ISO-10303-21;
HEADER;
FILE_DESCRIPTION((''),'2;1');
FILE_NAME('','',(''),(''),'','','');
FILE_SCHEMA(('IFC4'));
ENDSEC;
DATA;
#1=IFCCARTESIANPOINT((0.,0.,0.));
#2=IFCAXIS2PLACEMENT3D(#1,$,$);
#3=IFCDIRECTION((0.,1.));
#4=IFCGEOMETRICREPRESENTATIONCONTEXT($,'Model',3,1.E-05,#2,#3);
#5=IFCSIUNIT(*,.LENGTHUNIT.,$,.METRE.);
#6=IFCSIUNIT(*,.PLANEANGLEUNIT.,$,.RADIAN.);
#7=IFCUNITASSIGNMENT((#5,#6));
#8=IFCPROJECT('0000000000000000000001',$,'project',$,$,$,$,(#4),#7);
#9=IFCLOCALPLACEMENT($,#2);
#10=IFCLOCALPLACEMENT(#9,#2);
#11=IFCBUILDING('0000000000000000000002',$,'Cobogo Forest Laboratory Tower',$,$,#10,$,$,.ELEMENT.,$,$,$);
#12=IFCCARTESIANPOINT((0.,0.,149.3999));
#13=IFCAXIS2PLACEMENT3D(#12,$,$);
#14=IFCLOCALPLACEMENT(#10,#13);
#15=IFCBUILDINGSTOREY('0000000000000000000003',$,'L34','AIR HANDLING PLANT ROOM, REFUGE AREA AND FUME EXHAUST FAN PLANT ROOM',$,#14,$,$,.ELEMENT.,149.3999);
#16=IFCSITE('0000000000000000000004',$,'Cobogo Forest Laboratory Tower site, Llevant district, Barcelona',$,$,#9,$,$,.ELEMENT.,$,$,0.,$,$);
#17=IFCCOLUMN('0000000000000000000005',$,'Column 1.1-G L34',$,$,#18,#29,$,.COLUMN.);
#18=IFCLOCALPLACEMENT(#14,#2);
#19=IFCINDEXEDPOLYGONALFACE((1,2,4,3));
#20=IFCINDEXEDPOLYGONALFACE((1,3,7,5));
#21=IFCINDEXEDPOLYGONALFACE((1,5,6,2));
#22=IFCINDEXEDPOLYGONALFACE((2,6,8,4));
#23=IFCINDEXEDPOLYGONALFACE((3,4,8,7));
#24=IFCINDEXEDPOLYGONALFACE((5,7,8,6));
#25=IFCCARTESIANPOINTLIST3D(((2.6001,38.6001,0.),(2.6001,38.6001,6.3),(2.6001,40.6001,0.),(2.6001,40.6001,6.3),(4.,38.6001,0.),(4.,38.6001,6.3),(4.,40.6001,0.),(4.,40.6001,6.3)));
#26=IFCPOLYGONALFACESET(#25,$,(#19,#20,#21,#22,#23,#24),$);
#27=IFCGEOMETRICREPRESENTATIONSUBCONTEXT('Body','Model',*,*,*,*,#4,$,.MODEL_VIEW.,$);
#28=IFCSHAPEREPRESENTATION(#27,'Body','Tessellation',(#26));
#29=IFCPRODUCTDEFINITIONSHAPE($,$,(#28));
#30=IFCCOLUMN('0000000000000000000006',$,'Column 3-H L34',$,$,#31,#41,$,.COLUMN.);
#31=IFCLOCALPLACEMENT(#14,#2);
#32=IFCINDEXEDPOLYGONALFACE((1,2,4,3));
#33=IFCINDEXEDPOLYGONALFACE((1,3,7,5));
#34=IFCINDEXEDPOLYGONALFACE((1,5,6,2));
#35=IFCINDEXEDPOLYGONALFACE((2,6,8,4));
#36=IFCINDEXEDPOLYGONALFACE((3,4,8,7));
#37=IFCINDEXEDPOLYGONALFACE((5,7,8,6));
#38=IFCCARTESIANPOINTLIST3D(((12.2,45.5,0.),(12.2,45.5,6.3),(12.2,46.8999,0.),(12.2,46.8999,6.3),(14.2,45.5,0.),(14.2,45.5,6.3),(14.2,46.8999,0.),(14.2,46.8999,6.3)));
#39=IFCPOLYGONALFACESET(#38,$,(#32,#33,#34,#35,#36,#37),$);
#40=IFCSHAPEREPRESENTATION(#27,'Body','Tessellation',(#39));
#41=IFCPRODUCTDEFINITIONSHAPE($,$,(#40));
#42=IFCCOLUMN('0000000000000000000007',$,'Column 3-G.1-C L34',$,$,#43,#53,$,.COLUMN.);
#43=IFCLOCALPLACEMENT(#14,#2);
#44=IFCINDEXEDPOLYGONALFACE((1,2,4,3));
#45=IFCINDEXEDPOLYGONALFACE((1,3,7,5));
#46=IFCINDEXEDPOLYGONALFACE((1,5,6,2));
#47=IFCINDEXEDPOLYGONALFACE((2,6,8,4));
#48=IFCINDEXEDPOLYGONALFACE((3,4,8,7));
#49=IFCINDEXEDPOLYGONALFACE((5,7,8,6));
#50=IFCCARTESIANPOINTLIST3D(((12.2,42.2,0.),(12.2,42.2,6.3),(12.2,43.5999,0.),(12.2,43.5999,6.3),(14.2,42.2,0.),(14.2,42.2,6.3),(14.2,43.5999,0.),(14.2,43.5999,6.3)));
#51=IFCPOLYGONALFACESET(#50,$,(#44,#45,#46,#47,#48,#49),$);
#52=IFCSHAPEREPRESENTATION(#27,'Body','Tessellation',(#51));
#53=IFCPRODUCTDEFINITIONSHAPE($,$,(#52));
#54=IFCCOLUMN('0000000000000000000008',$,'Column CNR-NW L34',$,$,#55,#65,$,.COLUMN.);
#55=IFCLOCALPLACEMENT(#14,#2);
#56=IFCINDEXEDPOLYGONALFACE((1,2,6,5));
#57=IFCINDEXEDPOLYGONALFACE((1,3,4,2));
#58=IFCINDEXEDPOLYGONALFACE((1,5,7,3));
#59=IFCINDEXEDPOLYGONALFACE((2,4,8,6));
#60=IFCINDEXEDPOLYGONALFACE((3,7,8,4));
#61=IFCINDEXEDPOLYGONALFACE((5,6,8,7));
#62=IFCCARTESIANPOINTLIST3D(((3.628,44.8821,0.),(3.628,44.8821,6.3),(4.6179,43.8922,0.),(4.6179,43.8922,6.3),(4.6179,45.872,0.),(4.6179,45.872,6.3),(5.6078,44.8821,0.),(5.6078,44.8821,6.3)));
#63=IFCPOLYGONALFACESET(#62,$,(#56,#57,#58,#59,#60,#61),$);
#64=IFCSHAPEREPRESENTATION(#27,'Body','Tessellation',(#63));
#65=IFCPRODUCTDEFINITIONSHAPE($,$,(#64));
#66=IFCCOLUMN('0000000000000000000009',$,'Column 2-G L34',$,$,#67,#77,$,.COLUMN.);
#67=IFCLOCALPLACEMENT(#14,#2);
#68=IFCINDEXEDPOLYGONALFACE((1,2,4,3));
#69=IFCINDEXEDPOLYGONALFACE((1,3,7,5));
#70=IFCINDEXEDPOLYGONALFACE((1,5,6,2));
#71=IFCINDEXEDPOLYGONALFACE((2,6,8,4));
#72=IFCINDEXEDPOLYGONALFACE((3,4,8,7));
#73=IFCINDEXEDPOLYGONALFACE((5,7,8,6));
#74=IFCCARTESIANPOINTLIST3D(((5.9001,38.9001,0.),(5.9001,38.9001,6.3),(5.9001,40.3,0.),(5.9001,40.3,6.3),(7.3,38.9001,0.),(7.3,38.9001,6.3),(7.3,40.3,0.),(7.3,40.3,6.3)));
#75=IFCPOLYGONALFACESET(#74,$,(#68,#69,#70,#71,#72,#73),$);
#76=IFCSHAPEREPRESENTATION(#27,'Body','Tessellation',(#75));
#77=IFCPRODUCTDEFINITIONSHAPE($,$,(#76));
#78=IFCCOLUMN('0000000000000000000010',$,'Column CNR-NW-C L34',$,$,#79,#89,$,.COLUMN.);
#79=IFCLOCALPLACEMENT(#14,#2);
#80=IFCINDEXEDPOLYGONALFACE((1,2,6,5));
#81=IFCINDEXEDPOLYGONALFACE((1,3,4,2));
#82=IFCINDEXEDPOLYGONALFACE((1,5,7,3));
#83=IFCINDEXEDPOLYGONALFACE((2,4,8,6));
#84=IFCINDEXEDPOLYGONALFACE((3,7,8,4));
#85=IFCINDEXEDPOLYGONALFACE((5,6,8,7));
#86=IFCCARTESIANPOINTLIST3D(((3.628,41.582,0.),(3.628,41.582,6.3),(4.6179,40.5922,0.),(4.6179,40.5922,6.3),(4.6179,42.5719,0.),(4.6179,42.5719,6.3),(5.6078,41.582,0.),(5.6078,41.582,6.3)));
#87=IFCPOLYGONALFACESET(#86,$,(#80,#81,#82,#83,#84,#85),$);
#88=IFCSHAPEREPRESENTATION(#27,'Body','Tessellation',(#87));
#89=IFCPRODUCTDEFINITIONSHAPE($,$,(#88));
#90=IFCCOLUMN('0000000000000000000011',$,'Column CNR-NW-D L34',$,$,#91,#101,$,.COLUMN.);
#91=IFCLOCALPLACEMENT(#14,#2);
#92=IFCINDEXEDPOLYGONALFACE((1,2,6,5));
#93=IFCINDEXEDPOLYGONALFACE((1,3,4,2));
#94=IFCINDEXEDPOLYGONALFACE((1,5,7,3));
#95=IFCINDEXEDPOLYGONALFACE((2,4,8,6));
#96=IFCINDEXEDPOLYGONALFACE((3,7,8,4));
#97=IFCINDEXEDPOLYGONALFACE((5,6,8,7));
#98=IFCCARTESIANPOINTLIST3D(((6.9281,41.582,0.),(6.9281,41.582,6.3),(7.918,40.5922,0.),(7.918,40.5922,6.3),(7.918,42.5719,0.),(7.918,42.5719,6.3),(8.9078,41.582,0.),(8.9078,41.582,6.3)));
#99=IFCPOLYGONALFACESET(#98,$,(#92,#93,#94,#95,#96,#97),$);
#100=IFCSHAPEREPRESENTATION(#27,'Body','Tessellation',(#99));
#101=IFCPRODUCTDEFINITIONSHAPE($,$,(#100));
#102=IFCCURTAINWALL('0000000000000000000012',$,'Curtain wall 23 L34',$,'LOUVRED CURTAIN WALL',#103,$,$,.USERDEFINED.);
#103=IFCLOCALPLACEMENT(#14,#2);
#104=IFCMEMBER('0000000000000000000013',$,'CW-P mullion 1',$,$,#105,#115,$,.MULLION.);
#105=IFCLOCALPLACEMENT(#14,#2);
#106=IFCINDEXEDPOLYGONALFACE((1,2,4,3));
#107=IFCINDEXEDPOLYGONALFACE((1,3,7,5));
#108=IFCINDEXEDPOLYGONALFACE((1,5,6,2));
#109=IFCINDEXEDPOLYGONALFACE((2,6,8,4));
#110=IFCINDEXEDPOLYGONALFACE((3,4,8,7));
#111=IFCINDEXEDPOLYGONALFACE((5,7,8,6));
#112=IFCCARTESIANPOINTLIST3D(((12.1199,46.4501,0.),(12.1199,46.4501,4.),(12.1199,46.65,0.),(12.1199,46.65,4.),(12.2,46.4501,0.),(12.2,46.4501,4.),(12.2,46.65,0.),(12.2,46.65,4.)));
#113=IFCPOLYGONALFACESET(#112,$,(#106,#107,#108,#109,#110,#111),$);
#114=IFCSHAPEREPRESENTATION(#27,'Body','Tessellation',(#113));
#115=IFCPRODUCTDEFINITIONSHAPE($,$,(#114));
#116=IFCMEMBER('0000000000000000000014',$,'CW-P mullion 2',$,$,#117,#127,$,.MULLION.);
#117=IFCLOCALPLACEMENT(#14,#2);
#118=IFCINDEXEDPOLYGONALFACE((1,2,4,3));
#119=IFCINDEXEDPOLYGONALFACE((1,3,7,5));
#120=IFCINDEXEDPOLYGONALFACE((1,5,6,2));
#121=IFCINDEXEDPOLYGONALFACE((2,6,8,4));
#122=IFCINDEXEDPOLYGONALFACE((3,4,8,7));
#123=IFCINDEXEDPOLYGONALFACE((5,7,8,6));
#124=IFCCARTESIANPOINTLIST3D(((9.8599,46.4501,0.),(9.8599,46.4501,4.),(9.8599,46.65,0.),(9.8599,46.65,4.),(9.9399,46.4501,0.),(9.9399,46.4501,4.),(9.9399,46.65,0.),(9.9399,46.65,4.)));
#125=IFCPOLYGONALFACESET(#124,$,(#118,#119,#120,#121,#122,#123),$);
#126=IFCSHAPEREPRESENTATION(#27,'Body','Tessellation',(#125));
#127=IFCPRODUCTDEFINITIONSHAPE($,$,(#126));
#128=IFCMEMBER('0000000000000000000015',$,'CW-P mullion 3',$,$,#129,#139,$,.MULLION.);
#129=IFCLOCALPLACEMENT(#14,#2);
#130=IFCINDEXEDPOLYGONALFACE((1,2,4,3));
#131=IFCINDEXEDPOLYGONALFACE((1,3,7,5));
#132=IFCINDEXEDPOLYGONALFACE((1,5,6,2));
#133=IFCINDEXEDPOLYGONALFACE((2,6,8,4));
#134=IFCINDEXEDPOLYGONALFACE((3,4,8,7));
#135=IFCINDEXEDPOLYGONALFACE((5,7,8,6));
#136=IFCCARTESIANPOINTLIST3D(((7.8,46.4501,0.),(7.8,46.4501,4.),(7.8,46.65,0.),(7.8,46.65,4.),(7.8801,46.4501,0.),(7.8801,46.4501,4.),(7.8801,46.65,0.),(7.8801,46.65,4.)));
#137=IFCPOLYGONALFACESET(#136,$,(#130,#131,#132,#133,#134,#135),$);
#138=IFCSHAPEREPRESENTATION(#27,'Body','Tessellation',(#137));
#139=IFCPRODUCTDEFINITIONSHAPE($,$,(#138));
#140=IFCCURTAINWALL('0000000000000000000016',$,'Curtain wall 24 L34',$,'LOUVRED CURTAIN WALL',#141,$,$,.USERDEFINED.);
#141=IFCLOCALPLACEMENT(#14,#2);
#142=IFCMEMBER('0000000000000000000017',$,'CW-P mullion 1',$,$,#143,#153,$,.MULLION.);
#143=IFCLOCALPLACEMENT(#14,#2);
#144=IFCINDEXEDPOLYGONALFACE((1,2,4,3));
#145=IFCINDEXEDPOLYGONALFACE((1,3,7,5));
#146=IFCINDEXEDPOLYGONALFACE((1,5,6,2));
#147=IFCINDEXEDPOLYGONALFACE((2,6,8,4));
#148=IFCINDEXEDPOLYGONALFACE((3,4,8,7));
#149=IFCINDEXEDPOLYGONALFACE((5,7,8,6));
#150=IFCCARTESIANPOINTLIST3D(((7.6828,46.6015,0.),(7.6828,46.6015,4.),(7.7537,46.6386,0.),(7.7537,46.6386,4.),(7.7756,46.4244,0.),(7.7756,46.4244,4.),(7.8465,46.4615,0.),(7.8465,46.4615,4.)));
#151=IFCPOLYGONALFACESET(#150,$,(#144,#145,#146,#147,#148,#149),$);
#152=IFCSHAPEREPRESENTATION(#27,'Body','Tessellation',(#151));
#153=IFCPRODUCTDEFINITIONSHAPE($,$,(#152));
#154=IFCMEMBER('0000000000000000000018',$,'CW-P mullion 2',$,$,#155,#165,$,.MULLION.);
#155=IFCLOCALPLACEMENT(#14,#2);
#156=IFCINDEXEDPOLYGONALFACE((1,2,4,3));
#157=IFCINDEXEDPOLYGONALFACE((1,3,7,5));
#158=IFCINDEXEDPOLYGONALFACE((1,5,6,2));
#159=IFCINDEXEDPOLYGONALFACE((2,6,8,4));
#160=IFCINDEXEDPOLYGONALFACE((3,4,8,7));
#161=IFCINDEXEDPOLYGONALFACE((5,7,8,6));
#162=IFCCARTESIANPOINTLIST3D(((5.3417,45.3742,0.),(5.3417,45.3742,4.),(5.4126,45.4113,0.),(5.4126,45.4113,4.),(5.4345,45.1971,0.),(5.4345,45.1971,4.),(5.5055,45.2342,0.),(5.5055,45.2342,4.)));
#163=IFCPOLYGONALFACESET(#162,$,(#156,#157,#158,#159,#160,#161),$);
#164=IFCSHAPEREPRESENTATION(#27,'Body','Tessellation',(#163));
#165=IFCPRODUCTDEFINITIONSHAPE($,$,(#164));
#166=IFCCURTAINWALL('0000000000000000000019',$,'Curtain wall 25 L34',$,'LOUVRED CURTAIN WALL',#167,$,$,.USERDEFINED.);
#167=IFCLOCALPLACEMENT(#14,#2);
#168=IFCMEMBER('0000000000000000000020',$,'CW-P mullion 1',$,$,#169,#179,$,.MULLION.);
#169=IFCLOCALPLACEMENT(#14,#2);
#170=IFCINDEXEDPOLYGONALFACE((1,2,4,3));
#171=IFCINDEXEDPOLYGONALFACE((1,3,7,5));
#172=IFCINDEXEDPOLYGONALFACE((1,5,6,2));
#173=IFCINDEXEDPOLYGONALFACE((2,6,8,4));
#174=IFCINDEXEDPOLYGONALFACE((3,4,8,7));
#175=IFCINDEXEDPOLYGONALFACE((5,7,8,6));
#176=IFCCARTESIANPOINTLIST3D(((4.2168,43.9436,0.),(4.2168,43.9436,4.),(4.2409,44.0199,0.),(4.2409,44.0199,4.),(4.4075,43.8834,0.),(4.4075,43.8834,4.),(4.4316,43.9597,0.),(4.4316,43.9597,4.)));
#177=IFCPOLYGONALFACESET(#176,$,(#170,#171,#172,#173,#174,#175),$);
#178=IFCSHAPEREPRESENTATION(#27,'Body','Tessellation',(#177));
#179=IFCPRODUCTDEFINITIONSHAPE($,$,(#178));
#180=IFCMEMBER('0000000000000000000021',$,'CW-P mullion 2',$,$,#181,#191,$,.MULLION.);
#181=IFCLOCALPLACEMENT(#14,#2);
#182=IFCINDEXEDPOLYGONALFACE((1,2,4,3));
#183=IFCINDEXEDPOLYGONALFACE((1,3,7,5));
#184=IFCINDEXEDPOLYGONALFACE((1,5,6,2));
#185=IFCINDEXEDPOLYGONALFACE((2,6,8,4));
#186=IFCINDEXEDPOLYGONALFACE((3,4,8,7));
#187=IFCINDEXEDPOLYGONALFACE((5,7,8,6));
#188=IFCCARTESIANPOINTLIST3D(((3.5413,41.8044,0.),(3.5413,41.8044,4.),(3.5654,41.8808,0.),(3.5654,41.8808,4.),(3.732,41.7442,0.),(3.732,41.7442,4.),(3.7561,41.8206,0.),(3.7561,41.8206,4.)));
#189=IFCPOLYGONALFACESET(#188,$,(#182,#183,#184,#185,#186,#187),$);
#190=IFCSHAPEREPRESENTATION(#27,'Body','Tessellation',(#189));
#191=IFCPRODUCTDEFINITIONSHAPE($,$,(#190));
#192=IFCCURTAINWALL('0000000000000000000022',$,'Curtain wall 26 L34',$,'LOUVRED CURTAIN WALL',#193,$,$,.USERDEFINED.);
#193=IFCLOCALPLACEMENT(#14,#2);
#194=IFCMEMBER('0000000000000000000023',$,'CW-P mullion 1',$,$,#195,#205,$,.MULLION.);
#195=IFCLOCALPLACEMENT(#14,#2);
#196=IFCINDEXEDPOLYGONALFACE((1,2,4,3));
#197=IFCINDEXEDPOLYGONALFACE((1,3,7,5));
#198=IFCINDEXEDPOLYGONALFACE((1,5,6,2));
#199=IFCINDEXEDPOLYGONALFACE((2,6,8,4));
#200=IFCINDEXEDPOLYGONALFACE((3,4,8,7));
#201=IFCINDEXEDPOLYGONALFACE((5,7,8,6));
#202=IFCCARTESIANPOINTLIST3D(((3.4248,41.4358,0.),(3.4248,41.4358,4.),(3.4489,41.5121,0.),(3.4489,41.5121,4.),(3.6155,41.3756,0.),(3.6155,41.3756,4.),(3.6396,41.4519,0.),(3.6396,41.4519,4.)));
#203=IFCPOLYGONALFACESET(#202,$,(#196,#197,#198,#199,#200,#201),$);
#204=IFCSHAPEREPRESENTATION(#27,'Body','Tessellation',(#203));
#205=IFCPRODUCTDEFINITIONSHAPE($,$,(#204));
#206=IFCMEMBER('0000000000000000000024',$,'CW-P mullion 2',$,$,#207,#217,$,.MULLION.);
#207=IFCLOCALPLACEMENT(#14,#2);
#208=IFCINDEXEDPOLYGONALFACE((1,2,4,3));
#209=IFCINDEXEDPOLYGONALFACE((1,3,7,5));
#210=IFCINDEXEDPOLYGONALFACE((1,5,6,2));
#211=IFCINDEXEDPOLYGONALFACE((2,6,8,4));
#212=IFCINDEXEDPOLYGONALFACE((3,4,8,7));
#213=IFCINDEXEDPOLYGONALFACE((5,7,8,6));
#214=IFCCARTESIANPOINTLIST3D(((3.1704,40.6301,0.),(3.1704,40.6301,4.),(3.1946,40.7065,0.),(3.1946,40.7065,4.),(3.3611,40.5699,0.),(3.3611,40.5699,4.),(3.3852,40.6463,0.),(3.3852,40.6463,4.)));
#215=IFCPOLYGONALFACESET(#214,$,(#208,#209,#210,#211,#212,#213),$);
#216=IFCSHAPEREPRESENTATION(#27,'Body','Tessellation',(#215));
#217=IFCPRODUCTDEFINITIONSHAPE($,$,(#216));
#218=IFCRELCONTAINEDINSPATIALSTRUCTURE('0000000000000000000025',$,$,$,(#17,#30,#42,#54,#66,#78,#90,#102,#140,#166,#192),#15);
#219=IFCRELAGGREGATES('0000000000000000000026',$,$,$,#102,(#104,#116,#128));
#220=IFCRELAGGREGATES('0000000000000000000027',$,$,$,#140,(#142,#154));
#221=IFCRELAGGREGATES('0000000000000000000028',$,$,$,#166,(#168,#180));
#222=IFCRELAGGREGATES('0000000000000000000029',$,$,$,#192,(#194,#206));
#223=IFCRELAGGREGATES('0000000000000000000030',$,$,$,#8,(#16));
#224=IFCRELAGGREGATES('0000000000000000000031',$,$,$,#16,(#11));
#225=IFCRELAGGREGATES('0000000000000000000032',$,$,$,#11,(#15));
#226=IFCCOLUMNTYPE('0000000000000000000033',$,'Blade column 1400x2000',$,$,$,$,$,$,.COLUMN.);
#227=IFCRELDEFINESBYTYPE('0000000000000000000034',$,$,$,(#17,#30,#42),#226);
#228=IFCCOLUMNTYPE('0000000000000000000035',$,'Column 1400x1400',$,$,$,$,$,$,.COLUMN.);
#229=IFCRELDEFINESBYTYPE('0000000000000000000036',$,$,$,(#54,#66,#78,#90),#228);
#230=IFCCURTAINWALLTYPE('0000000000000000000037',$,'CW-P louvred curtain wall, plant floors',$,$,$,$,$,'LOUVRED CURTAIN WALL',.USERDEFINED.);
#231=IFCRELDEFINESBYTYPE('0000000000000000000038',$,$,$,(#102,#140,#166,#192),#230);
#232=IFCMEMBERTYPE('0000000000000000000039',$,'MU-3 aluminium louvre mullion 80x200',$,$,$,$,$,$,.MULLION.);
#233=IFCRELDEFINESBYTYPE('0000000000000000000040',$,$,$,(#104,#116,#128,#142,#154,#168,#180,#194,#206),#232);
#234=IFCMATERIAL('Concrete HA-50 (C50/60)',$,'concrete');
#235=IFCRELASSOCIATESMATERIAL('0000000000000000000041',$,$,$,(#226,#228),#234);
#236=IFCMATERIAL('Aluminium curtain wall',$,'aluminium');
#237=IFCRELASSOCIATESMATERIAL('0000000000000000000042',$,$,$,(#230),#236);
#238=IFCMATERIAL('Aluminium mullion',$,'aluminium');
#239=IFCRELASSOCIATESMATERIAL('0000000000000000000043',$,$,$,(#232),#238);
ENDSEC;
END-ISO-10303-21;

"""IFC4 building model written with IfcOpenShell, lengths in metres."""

from ifc_helpers import new_model, si_unit, direction, frame, origin, origin_2d, place, context, subcontext, project, spatial, rectangle, extrude, material, material_profile, profile_set, type_object, element, aggregate, save


model = new_model("IFC4")

# Units and contexts
model_context = context("Model", 3, precision=1e-05, world=origin(), true_north=direction((0.0, 1.0)))
body_context = subcontext(model_context, "Body", "Model", "MODEL_VIEW")
ifc_project = project(units=[si_unit("LENGTHUNIT", "METRE"), si_unit("PLANEANGLEUNIT", "RADIAN")], contexts=[model_context])

# Site, building, storey
site_placement = place(None, origin())
site = spatial("IfcSite", under=ifc_project, at=site_placement, Name="Cobogo Forest Laboratory Tower site, Llevant district, Barcelona", CompositionType="ELEMENT", RefElevation=0.0)
building_placement = place(site_placement, origin())
building = spatial("IfcBuilding", under=site, at=building_placement, Name="Cobogo Forest Laboratory Tower", CompositionType="ELEMENT")
storey_placement = place(building_placement, frame((0.0, 0.0, 149.3999)))
storey = spatial("IfcBuildingStorey", under=building, at=storey_placement, Name="L34", Description="AIR HANDLING PLANT ROOM, REFUGE AREA AND FUME EXHAUST FAN PLANT ROOM", CompositionType="ELEMENT", Elevation=149.3999)

# Columns
ifc_material_1 = material(Name="Concrete HA-50 (C50/60)", Category="concrete")
ifc_material_profile_1 = material_profile(ifc_material_1, rectangle(XDim=2.0, YDim=1.3999, at=origin_2d()), Name="RC 1400x2000")
ifc_profile_set_1 = profile_set([ifc_material_profile_1], Name="Concrete HA-50 (C50/60)")
column_type_1 = type_object("IfcColumnType", Name="Blade column 1400x2000", PredefinedType="COLUMN", material=ifc_profile_set_1)
for number, where, z_axis, x_axis, name in (
    (1, (3.3, 39.6001, 0.0), (0.0, 0.0, 1.0), (0.0, 1.0, 0.0), "Column 1.1-G L34"),
    (2, (13.2, 46.2, 0.0), (0.0, 0.0, 1.0), (1.0, 0.0, 0.0), "Column 3-H L34"),
    (3, (13.2, 42.8999, 0.0), (0.0, 0.0, 1.0), (1.0, 0.0, 0.0), "Column 3-G.1-C L34"),
):
    element("IfcColumn", number, at=place(storey_placement, frame(where, z_axis=z_axis, x_axis=x_axis)), inside=storey, type_object=column_type_1, Name=name, PredefinedType="COLUMN", context=body_context, shape_type="SweptSolid", body=[
        extrude(rectangle(XDim=2.0, YDim=1.3999, at=origin_2d()), origin(), (0.0, 0.0, 1.0), 6.3),
    ])
ifc_material_profile_2 = material_profile(ifc_material_1, rectangle(XDim=1.3999, YDim=1.3999, at=origin_2d()), Name="RC 1400x1400")
ifc_profile_set_2 = profile_set([ifc_material_profile_2], Name="Concrete HA-50 (C50/60)")
column_type_2 = type_object("IfcColumnType", Name="Column 1400x1400", PredefinedType="COLUMN", material=ifc_profile_set_2)
for number, where, z_axis, x_axis, name in (
    (4, (4.6179, 44.8821, 0.0), (0.0, 0.0, 1.0), (0.707107, 0.707107, 0.0), "Column CNR-NW L34"),
    (5, (6.6001, 39.6001, 0.0), (0.0, 0.0, 1.0), (1.0, 0.0, 0.0), "Column 2-G L34"),
    (6, (4.6179, 41.582, 0.0), (0.0, 0.0, 1.0), (0.707107, 0.707107, 0.0), "Column CNR-NW-C L34"),
    (7, (7.918, 41.582, 0.0), (0.0, 0.0, 1.0), (0.707107, 0.707107, 0.0), "Column CNR-NW-D L34"),
):
    element("IfcColumn", number, at=place(storey_placement, frame(where, z_axis=z_axis, x_axis=x_axis)), inside=storey, type_object=column_type_2, Name=name, PredefinedType="COLUMN", context=body_context, shape_type="SweptSolid", body=[
        extrude(rectangle(XDim=1.3999, YDim=1.3999, at=origin_2d()), origin(), (0.0, 0.0, 1.0), 6.3),
    ])

# Curtain walls, members
ifc_material_2 = material(Name="Aluminium curtain wall", Category="aluminium")
curtain_wall_type = type_object("IfcCurtainWallType", Name="CW-P louvred curtain wall, plant floors", ElementType="LOUVRED CURTAIN WALL", PredefinedType="USERDEFINED", material=ifc_material_2)
curtain_wall_1_placement = place(storey_placement, origin())
curtain_wall_1 = element("IfcCurtainWall", 8, at=curtain_wall_1_placement, inside=storey, type_object=curtain_wall_type, Name="Curtain wall 23 L34", ObjectType="LOUVRED CURTAIN WALL", PredefinedType="USERDEFINED")
ifc_material_3 = material(Name="Aluminium mullion", Category="aluminium")
ifc_material_profile_3 = material_profile(ifc_material_3, rectangle(XDim=0.0801, YDim=0.2, at=origin_2d()), Name="AL 80x200")
ifc_profile_set_3 = profile_set([ifc_material_profile_3], Name="Aluminium mullion")
member_type_1 = type_object("IfcMemberType", Name="MU-3 aluminium louvre mullion 80x200", PredefinedType="MULLION", material=ifc_profile_set_3)
member_1_placement = place(storey_placement, frame((12.1599, 46.55, 0.0), z_axis=(0.0, 0.0, 1.0), x_axis=(-1.0, 0.0, 0.0)))
member_1 = element("IfcMember", 9, at=member_1_placement, type_object=member_type_1, Name="CW-P mullion 1", PredefinedType="MULLION", context=body_context, shape_type="SweptSolid", body=[
    extrude(rectangle(XDim=0.0801, YDim=0.2, at=origin_2d()), origin(), (0.0, 0.0, 1.0), 4.0),
])
member_2_placement = place(storey_placement, frame((9.8999, 46.55, 0.0), z_axis=(0.0, 0.0, 1.0), x_axis=(-1.0, 0.0, 0.0)))
member_2 = element("IfcMember", 10, at=member_2_placement, type_object=member_type_1, Name="CW-P mullion 2", PredefinedType="MULLION", context=body_context, shape_type="SweptSolid", body=[
    extrude(rectangle(XDim=0.0801, YDim=0.2, at=origin_2d()), origin(), (0.0, 0.0, 1.0), 4.0),
])
member_3_placement = place(storey_placement, frame((7.8401, 46.55, 0.0), z_axis=(0.0, 0.0, 1.0), x_axis=(-1.0, 0.0, 0.0)))
member_3 = element("IfcMember", 11, at=member_3_placement, type_object=member_type_1, Name="CW-P mullion 3", PredefinedType="MULLION", context=body_context, shape_type="SweptSolid", body=[
    extrude(rectangle(XDim=0.0801, YDim=0.2, at=origin_2d()), origin(), (0.0, 0.0, 1.0), 4.0),
])
curtain_wall_2_placement = place(storey_placement, origin())
curtain_wall_2 = element("IfcCurtainWall", 12, at=curtain_wall_2_placement, inside=storey, type_object=curtain_wall_type, Name="Curtain wall 24 L34", ObjectType="LOUVRED CURTAIN WALL", PredefinedType="USERDEFINED")
member_4_placement = place(storey_placement, frame((7.7646, 46.5315, 0.0), z_axis=(0.0, 0.0, 1.0), x_axis=(-0.885687, -0.464284, 0.0)))
member_4 = element("IfcMember", 13, at=member_4_placement, type_object=member_type_1, Name="CW-P mullion 1", PredefinedType="MULLION", context=body_context, shape_type="SweptSolid", body=[
    extrude(rectangle(XDim=0.0801, YDim=0.2, at=origin_2d()), origin(), (0.0, 0.0, 1.0), 4.0),
])
member_5_placement = place(storey_placement, frame((5.4236, 45.3042, 0.0), z_axis=(0.0, 0.0, 1.0), x_axis=(-0.885687, -0.464284, 0.0)))
member_5 = element("IfcMember", 14, at=member_5_placement, type_object=member_type_1, Name="CW-P mullion 2", PredefinedType="MULLION", context=body_context, shape_type="SweptSolid", body=[
    extrude(rectangle(XDim=0.0801, YDim=0.2, at=origin_2d()), origin(), (0.0, 0.0, 1.0), 4.0),
])
curtain_wall_3_placement = place(storey_placement, origin())
curtain_wall_3 = element("IfcCurtainWall", 15, at=curtain_wall_3_placement, inside=storey, type_object=curtain_wall_type, Name="Curtain wall 25 L34", ObjectType="LOUVRED CURTAIN WALL", PredefinedType="USERDEFINED")
member_6_placement = place(storey_placement, frame((4.3242, 43.9517, 0.0), z_axis=(0.0, 0.0, 1.0), x_axis=(-0.301135, -0.953581, 0.0)))
member_6 = element("IfcMember", 16, at=member_6_placement, type_object=member_type_1, Name="CW-P mullion 1", PredefinedType="MULLION", context=body_context, shape_type="SweptSolid", body=[
    extrude(rectangle(XDim=0.0801, YDim=0.2, at=origin_2d()), origin(), (0.0, 0.0, 1.0), 4.0),
])
member_7_placement = place(storey_placement, frame((3.6487, 41.8125, 0.0), z_axis=(0.0, 0.0, 1.0), x_axis=(-0.301135, -0.953581, 0.0)))
member_7 = element("IfcMember", 17, at=member_7_placement, type_object=member_type_1, Name="CW-P mullion 2", PredefinedType="MULLION", context=body_context, shape_type="SweptSolid", body=[
    extrude(rectangle(XDim=0.0801, YDim=0.2, at=origin_2d()), origin(), (0.0, 0.0, 1.0), 4.0),
])
curtain_wall_4_placement = place(storey_placement, origin())
curtain_wall_4 = element("IfcCurtainWall", 18, at=curtain_wall_4_placement, inside=storey, type_object=curtain_wall_type, Name="Curtain wall 26 L34", ObjectType="LOUVRED CURTAIN WALL", PredefinedType="USERDEFINED")
member_8_placement = place(storey_placement, frame((3.5322, 41.4438, 0.0), z_axis=(0.0, 0.0, 1.0), x_axis=(-0.301135, -0.953581, 0.0)))
member_8 = element("IfcMember", 19, at=member_8_placement, type_object=member_type_1, Name="CW-P mullion 1", PredefinedType="MULLION", context=body_context, shape_type="SweptSolid", body=[
    extrude(rectangle(XDim=0.0801, YDim=0.2, at=origin_2d()), origin(), (0.0, 0.0, 1.0), 4.0),
])
member_9_placement = place(storey_placement, frame((3.2778, 40.6382, 0.0), z_axis=(0.0, 0.0, 1.0), x_axis=(-0.301135, -0.953581, 0.0)))
member_9 = element("IfcMember", 20, at=member_9_placement, type_object=member_type_1, Name="CW-P mullion 2", PredefinedType="MULLION", context=body_context, shape_type="SweptSolid", body=[
    extrude(rectangle(XDim=0.0801, YDim=0.2, at=origin_2d()), origin(), (0.0, 0.0, 1.0), 4.0),
])

aggregate(curtain_wall_1, [member_1, member_2, member_3])
aggregate(curtain_wall_2, [member_4, member_5])
aggregate(curtain_wall_3, [member_6, member_7])
aggregate(curtain_wall_4, [member_8, member_9])

save(model, "model.ifc")
